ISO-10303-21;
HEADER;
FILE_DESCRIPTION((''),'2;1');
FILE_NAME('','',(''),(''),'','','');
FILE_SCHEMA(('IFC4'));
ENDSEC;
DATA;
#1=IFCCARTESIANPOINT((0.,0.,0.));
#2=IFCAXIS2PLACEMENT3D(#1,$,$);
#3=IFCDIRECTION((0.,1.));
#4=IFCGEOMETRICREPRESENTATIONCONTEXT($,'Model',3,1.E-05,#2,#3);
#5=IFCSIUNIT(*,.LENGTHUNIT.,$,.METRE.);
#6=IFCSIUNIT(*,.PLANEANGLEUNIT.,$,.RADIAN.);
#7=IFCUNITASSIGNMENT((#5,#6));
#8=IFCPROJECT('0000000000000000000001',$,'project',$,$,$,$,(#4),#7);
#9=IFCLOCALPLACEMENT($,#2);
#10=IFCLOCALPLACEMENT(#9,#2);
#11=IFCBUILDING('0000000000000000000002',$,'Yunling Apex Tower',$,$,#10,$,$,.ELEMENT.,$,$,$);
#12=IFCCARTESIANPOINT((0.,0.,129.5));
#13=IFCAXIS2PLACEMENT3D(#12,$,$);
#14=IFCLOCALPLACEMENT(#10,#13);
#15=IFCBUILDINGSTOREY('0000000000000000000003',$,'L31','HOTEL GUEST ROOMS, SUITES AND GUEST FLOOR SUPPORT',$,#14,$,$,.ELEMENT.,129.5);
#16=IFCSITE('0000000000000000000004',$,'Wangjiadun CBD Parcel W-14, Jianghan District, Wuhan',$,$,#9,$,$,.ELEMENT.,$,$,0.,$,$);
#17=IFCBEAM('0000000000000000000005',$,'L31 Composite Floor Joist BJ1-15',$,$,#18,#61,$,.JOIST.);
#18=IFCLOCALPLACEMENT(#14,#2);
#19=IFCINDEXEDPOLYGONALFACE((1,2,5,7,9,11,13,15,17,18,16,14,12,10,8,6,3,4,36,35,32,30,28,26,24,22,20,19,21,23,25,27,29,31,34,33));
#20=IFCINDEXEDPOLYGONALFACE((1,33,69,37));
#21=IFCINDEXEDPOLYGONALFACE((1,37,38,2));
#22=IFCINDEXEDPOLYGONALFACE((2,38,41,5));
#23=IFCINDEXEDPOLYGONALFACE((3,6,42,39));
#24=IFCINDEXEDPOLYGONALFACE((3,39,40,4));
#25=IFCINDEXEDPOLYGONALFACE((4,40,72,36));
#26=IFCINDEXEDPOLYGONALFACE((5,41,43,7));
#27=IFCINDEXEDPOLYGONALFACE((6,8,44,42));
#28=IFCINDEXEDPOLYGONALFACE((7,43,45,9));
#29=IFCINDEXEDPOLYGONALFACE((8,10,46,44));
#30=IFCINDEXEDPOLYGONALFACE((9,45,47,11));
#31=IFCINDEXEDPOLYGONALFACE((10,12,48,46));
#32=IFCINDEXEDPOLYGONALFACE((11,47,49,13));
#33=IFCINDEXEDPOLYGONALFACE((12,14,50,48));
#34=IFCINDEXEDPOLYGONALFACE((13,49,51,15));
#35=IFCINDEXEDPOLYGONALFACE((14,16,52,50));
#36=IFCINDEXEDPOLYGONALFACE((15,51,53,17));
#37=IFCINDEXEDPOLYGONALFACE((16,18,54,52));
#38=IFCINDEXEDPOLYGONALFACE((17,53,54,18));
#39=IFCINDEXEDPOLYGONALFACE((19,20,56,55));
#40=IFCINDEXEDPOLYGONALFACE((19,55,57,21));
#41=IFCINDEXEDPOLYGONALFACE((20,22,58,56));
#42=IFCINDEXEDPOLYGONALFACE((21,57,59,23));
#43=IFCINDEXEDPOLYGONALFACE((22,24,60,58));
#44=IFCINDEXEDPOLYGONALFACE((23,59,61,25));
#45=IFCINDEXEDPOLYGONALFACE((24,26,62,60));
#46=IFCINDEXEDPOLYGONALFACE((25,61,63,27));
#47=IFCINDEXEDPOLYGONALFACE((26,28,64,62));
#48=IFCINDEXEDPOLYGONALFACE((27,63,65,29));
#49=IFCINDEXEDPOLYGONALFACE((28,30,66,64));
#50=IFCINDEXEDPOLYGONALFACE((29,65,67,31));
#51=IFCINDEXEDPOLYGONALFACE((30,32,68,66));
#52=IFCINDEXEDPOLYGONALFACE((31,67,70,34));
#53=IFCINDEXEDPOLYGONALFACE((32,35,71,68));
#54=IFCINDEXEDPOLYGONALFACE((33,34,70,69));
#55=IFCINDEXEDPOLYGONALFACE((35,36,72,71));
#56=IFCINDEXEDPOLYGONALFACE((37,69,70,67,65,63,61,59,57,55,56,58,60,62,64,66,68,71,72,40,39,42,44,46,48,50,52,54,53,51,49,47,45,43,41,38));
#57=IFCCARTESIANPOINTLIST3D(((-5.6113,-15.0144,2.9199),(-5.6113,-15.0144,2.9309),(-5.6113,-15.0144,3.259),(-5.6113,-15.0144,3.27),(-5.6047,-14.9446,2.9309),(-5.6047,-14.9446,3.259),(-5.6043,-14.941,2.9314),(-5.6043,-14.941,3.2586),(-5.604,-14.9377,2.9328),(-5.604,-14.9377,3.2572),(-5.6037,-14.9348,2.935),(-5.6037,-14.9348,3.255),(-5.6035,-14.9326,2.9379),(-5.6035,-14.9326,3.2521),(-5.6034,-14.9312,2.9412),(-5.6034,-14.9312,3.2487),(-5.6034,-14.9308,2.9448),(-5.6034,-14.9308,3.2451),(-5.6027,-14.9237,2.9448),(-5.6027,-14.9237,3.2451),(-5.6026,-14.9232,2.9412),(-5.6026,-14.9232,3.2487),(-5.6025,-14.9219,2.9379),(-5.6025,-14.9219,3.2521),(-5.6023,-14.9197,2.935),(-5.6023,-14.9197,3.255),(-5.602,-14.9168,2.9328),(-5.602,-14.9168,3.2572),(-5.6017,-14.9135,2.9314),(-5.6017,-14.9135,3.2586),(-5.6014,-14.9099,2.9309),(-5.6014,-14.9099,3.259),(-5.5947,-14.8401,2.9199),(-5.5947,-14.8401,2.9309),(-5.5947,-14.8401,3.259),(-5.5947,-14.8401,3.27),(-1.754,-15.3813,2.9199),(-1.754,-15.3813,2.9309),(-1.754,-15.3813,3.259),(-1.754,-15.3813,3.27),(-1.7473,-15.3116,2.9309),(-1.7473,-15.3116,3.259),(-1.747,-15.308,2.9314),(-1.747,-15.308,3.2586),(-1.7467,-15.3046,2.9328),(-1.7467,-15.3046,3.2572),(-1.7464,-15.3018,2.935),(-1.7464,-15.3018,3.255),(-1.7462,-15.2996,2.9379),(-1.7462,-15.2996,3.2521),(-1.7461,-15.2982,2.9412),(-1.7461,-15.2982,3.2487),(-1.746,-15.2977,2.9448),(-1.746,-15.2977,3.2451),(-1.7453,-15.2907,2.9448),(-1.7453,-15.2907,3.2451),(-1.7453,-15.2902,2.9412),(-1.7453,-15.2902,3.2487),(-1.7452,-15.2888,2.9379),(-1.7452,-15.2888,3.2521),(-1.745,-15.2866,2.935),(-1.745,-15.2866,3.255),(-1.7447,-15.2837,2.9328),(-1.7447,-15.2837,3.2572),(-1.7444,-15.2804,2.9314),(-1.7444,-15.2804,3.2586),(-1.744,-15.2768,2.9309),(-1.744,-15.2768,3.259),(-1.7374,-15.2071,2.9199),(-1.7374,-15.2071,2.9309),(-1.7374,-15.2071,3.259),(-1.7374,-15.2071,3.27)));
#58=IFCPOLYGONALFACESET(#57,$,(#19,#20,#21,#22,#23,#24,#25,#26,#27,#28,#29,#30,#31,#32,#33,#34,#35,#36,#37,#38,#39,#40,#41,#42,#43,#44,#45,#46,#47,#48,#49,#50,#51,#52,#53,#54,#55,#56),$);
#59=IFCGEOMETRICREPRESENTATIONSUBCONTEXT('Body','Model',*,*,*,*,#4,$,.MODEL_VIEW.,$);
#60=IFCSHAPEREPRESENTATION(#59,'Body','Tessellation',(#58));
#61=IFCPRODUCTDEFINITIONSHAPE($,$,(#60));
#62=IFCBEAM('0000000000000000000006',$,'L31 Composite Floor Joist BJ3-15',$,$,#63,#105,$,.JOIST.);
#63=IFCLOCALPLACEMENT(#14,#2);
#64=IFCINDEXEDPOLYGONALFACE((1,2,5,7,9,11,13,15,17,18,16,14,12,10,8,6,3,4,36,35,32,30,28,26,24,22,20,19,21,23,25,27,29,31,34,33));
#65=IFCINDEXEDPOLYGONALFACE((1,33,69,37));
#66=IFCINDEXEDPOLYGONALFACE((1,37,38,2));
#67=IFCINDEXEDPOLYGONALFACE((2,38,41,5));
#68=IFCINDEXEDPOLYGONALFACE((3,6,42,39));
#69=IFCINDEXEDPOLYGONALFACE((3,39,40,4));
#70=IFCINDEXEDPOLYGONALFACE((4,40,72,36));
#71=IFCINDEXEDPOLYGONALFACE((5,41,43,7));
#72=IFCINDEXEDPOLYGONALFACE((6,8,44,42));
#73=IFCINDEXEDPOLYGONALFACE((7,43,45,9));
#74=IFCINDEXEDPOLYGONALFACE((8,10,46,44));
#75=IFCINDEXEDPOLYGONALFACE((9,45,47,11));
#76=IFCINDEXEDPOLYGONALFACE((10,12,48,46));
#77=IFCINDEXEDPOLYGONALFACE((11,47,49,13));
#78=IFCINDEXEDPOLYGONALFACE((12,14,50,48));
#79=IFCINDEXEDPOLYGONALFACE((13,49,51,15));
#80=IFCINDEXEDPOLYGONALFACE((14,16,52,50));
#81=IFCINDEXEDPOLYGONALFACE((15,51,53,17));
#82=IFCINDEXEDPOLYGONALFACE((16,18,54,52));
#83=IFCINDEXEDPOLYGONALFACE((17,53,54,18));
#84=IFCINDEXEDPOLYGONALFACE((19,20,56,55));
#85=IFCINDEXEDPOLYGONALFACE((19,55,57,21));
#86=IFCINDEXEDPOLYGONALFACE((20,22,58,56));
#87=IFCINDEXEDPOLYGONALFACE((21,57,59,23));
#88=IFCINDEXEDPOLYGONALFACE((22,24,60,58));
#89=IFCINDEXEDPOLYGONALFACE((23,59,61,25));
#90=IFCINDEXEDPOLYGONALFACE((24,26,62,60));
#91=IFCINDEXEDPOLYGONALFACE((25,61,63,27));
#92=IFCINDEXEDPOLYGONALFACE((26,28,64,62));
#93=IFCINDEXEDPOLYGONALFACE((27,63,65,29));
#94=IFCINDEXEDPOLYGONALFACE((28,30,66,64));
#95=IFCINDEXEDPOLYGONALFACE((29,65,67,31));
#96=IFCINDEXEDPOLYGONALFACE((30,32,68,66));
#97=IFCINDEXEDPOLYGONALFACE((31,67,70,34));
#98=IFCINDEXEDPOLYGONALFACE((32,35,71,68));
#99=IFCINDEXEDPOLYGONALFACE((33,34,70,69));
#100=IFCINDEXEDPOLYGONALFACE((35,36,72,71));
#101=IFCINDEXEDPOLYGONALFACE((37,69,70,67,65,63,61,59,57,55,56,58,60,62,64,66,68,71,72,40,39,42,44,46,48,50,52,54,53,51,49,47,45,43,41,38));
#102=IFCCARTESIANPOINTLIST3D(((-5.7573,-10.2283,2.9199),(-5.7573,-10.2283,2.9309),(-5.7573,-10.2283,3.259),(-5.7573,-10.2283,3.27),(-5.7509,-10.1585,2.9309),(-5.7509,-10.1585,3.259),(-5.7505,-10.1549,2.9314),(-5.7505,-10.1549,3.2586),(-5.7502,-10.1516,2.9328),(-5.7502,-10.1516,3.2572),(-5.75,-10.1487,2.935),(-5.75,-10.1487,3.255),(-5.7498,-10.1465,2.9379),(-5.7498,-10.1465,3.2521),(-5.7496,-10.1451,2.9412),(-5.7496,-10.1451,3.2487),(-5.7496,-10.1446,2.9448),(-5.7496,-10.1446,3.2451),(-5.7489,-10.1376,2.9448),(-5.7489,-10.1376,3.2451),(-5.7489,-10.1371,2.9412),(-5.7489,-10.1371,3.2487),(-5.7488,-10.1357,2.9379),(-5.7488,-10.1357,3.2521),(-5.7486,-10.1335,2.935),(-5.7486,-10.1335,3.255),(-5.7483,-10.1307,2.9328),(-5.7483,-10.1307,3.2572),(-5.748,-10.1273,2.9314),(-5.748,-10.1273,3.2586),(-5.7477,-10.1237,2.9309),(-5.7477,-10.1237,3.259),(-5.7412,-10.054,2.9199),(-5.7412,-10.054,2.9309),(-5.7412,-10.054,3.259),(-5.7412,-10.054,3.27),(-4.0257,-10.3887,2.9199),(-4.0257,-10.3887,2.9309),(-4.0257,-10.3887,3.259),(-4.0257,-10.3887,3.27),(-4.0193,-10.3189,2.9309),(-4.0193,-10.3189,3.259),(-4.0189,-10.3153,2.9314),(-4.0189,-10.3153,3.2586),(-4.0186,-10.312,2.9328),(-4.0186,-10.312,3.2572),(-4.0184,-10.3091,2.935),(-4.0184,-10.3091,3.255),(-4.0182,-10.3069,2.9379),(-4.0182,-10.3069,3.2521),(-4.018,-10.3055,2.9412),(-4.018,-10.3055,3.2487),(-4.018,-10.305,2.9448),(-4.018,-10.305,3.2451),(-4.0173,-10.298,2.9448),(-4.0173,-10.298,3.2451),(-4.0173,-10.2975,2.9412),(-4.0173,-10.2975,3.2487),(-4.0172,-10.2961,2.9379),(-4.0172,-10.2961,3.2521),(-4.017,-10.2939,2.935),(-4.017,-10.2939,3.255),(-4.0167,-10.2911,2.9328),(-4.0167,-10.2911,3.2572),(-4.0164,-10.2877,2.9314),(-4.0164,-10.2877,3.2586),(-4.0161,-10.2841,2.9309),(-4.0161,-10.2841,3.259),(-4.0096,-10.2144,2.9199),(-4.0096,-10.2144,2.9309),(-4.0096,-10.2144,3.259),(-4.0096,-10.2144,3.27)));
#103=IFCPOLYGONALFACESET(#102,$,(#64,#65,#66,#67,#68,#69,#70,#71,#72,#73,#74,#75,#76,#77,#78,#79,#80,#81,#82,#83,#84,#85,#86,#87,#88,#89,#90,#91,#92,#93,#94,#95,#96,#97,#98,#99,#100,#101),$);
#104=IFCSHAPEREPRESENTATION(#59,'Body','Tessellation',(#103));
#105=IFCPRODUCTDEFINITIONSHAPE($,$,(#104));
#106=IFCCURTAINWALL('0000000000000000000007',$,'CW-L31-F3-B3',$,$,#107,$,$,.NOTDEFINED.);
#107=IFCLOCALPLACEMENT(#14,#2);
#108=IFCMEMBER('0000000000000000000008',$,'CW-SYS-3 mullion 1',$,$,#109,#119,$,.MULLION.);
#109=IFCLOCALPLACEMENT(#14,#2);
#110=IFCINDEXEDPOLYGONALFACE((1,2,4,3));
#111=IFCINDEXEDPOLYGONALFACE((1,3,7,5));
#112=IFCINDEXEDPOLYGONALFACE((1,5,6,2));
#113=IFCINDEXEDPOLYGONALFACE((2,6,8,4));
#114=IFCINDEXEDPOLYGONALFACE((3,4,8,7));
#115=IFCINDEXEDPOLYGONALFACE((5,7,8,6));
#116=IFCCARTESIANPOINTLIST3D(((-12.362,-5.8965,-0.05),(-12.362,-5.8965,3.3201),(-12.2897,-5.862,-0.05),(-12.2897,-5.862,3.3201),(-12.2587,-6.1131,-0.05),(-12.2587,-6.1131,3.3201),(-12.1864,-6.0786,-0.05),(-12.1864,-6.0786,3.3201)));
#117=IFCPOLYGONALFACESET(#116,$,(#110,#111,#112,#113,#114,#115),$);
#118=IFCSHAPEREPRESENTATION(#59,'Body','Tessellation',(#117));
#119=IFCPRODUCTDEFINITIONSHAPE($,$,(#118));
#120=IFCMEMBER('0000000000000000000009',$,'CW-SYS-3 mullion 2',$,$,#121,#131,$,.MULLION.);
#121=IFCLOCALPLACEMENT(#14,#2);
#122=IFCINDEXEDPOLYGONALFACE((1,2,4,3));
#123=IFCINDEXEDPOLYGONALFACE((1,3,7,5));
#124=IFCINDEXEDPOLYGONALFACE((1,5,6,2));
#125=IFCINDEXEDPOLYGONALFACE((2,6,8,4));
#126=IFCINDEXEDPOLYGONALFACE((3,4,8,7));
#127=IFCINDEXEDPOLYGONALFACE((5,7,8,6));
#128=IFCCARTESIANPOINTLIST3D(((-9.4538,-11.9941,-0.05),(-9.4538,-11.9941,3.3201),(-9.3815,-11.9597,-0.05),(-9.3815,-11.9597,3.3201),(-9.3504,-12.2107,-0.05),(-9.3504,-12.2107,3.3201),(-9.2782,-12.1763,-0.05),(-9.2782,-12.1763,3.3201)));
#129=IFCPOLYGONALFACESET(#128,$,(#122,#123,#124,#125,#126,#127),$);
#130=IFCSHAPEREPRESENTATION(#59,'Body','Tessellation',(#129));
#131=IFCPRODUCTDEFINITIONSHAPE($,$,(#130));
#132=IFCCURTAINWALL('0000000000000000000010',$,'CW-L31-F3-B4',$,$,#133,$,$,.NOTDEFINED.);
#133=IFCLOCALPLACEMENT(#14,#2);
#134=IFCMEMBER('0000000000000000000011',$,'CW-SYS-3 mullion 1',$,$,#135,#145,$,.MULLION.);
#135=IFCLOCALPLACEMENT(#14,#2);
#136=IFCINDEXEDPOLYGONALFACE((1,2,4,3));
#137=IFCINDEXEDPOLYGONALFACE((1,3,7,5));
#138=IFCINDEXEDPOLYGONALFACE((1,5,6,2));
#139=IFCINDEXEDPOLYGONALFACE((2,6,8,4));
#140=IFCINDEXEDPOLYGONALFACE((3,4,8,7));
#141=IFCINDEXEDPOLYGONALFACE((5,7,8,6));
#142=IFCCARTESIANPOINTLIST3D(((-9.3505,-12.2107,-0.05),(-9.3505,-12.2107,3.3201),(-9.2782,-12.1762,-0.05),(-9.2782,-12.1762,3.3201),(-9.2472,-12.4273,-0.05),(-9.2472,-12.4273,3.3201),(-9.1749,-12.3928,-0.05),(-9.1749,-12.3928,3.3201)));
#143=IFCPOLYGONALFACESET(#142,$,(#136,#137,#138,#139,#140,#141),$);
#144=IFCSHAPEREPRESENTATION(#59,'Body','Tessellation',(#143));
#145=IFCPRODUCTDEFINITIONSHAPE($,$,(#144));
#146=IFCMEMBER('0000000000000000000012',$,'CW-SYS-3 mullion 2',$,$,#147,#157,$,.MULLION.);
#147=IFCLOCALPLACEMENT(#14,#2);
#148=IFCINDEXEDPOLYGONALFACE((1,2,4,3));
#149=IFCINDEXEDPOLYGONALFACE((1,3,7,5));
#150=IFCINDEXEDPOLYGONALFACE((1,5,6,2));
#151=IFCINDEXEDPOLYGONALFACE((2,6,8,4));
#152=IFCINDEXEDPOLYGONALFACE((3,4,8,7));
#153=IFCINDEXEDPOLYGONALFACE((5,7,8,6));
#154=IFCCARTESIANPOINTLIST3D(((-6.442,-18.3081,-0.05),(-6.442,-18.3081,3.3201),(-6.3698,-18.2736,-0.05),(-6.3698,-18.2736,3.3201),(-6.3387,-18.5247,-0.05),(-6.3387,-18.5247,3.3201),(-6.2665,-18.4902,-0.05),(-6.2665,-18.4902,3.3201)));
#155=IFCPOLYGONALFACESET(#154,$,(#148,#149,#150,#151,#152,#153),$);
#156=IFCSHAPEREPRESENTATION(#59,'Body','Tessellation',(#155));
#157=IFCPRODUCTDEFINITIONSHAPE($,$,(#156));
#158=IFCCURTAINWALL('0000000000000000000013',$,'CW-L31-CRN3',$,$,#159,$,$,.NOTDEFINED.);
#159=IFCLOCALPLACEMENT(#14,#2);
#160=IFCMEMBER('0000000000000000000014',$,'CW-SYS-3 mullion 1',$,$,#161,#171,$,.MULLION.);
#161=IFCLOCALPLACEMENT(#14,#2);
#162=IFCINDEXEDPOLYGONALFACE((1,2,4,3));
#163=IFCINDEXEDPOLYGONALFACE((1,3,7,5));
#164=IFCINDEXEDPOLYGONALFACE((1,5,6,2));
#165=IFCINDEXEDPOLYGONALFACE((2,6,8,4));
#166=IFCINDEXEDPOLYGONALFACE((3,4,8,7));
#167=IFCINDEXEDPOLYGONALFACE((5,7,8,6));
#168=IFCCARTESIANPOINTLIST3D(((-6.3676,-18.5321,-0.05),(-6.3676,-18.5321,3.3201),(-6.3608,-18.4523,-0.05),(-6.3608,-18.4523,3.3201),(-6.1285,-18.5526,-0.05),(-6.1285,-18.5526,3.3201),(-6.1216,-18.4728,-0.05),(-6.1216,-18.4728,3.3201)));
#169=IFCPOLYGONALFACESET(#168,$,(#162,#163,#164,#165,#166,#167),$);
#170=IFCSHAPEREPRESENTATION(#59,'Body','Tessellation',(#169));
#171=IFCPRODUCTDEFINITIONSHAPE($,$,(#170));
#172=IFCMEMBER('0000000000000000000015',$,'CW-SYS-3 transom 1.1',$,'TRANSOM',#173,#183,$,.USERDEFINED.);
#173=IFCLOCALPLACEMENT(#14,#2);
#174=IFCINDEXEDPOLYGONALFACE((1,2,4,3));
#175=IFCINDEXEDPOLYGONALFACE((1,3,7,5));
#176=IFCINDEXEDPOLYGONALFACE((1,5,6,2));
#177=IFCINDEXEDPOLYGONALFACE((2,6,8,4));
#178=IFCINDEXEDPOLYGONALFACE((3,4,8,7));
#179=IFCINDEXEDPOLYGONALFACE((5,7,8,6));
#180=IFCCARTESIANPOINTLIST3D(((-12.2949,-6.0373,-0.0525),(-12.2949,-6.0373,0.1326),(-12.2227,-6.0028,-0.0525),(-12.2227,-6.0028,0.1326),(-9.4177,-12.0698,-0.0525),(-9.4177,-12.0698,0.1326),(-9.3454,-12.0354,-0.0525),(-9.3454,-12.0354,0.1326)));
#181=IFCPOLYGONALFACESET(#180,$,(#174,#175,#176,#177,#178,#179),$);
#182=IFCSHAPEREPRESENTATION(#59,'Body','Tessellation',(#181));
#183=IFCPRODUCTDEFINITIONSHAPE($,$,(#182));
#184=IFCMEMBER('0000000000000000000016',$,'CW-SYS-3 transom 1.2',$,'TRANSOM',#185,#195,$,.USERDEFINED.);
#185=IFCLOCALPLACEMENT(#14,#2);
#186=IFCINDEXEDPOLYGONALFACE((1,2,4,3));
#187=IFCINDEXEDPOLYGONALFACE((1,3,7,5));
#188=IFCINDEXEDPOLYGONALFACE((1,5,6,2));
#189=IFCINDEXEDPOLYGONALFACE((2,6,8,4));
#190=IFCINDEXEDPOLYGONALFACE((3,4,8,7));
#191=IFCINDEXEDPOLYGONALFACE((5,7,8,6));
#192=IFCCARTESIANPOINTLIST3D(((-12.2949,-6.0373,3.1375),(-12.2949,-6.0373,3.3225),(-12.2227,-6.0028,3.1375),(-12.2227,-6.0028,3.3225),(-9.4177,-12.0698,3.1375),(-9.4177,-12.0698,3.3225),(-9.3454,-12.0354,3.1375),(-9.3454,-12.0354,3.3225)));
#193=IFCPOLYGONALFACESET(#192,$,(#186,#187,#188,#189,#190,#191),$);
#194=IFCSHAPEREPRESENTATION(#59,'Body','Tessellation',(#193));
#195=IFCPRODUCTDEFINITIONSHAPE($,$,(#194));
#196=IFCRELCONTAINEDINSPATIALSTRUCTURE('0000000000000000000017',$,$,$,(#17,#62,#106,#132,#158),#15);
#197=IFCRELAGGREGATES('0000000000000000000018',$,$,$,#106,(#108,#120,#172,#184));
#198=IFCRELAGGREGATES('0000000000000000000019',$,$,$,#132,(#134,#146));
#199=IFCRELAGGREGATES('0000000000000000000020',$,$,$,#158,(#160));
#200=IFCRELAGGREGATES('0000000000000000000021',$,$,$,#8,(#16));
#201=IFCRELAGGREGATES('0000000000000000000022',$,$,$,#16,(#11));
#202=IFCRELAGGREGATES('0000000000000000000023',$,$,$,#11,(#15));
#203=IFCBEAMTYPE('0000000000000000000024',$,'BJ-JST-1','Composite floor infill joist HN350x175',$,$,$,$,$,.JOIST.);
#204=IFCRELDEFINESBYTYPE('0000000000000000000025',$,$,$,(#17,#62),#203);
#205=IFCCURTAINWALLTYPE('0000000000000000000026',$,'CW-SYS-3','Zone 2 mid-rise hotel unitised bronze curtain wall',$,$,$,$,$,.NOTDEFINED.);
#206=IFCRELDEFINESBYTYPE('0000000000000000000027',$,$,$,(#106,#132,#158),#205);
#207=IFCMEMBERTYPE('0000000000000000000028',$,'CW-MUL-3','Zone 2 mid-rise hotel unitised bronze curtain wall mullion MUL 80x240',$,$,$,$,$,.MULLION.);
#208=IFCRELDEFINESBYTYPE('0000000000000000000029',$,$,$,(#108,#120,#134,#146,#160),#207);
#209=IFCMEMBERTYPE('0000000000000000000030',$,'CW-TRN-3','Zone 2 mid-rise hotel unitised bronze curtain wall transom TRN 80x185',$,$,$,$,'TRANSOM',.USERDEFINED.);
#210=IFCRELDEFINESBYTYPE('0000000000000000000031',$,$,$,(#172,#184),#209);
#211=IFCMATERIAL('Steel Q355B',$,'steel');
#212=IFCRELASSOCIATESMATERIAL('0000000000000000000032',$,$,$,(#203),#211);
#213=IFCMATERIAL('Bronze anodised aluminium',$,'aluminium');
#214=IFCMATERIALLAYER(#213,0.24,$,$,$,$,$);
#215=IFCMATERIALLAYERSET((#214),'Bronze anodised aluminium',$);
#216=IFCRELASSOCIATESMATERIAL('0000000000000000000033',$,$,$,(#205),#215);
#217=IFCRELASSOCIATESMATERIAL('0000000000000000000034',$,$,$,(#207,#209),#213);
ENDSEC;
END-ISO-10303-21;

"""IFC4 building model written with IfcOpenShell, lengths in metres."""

from ifc_helpers import new_model, si_unit, direction, frame, origin, origin_2d, place, context, subcontext, project, spatial, rectangle, i_section, extrude, source, transform, mapped, material, layer, layer_set, material_profile, profile_set, type_object, element, aggregate, save


model = new_model("IFC4")

# Units and contexts
model_context = context("Model", 3, precision=1e-05, world=origin(), true_north=direction((0.0, 1.0)))
body_context = subcontext(model_context, "Body", "Model", "MODEL_VIEW")
ifc_project = project(units=[si_unit("LENGTHUNIT", "METRE"), si_unit("PLANEANGLEUNIT", "RADIAN")], contexts=[model_context])

# Site, building, storey
site_placement = place(None, origin())
site = spatial("IfcSite", under=ifc_project, at=site_placement, Name="Wangjiadun CBD Parcel W-14, Jianghan District, Wuhan", CompositionType="ELEMENT", RefElevation=0.0)
building_placement = place(site_placement, origin())
building = spatial("IfcBuilding", under=site, at=building_placement, Name="Yunling Apex Tower", CompositionType="ELEMENT")
storey_placement = place(building_placement, frame((0.0, 0.0, 129.5)))
storey = spatial("IfcBuildingStorey", under=building, at=storey_placement, Name="L31", Description="HOTEL GUEST ROOMS, SUITES AND GUEST FLOOR SUPPORT", CompositionType="ELEMENT", Elevation=129.5)

# Beams
ifc_material_1 = material(Name="Steel Q355B", Category="steel")
ifc_material_profile_1 = material_profile(ifc_material_1, i_section(OverallWidth=0.175, OverallDepth=0.3501, WebThickness=0.0071, FlangeThickness=0.011, FilletRadius=0.0139, at=origin_2d()))
ifc_profile_set_1 = profile_set([ifc_material_profile_1], Name="Steel Q355B")
beam_type_1 = type_object("IfcBeamType", Name="BJ-JST-1", Description="Composite floor infill joist HN350x175", PredefinedType="JOIST", material=ifc_profile_set_1)
shared_shape_1 = source(origin(), body_context, "Body", "SweptSolid", [
    extrude(i_section(OverallWidth=0.175, OverallDepth=0.3501, WebThickness=0.0071, FlangeThickness=0.011, FilletRadius=0.0139, at=origin_2d()), origin(), (0.0, 0.0, 1.0), 3.8748),
])
beam_1_placement = place(storey_placement, frame((-5.603, -14.9272, 3.095), z_axis=(0.995506, -0.094699, 0.0), x_axis=(0.094699, 0.995506, 0.0)))
element("IfcBeam", 1, at=beam_1_placement, inside=storey, type_object=beam_type_1, Name="L31 Composite Floor Joist BJ1-15", PredefinedType="JOIST", context=body_context, shape_type="MappedRepresentation", body=[
    mapped(shared_shape_1, transform((0.0, 0.0, 0.0), scale=1.0)),
])
shared_shape_2 = source(origin(), body_context, "Body", "SweptSolid", [
    extrude(i_section(OverallWidth=0.175, OverallDepth=0.3501, WebThickness=0.0071, FlangeThickness=0.011, FilletRadius=0.0139, at=origin_2d()), origin(), (0.0, 0.0, 1.0), 1.739),
])
beam_2_placement = place(storey_placement, frame((-5.7493, -10.1411, 3.095), z_axis=(0.995738, -0.092232, 0.0), x_axis=(0.092232, 0.995738, 0.0)))
element("IfcBeam", 2, at=beam_2_placement, inside=storey, type_object=beam_type_1, Name="L31 Composite Floor Joist BJ3-15", PredefinedType="JOIST", context=body_context, shape_type="MappedRepresentation", body=[
    mapped(shared_shape_2, transform((0.0, 0.0, 0.0), scale=1.0)),
])

# Curtain walls, members
ifc_material_2 = material(Name="Bronze anodised aluminium", Category="aluminium")
ifc_layer_1 = layer(ifc_material_2, 0.24)
ifc_layer_set_1 = layer_set([ifc_layer_1], Name="Bronze anodised aluminium")
curtain_wall_type = type_object("IfcCurtainWallType", Name="CW-SYS-3", Description="Zone 2 mid-rise hotel unitised bronze curtain wall", PredefinedType="NOTDEFINED", material=ifc_layer_set_1)
curtain_wall_1_placement = place(storey_placement, origin())
curtain_wall_1 = element("IfcCurtainWall", 3, at=curtain_wall_1_placement, inside=storey, type_object=curtain_wall_type, Name="CW-L31-F3-B3", PredefinedType="NOTDEFINED")
ifc_material_profile_2 = material_profile(ifc_material_2, rectangle(XDim=0.0801, YDim=0.24, at=origin_2d()))
ifc_profile_set_2 = profile_set([ifc_material_profile_2], Name="Bronze anodised aluminium")
member_type_1 = type_object("IfcMemberType", Name="CW-MUL-3", Description="Zone 2 mid-rise hotel unitised bronze curtain wall mullion MUL 80x240", PredefinedType="MULLION", material=ifc_profile_set_2)
shared_shape_3 = source(origin(), body_context, "Body", "SweptSolid", [
    extrude(rectangle(XDim=0.0801, YDim=0.24, at=origin_2d()), origin(), (0.0, 0.0, 1.0), 3.3701),
])
member_1_placement = place(storey_placement, frame((-12.2742, -5.9875, -0.05), z_axis=(0.0, 0.0, 1.0), x_axis=(0.902593, 0.430494, 0.0)))
member_1 = element("IfcMember", 4, at=member_1_placement, type_object=member_type_1, Name="CW-SYS-3 mullion 1", PredefinedType="MULLION", context=body_context, shape_type="MappedRepresentation", body=[
    mapped(shared_shape_3, transform((0.0, 0.0, 0.0), scale=1.0)),
])
member_2_placement = place(storey_placement, frame((-9.366, -12.0852, -0.05), z_axis=(0.0, 0.0, 1.0), x_axis=(0.902593, 0.430494, 0.0)))
member_2 = element("IfcMember", 5, at=member_2_placement, type_object=member_type_1, Name="CW-SYS-3 mullion 2", PredefinedType="MULLION", context=body_context, shape_type="MappedRepresentation", body=[
    mapped(shared_shape_3, transform((0.0, 0.0, 0.0), scale=1.0)),
])
curtain_wall_2_placement = place(storey_placement, origin())
curtain_wall_2 = element("IfcCurtainWall", 6, at=curtain_wall_2_placement, inside=storey, type_object=curtain_wall_type, Name="CW-L31-F3-B4", PredefinedType="NOTDEFINED")
member_3_placement = place(storey_placement, frame((-9.2627, -12.3018, -0.05), z_axis=(0.0, 0.0, 1.0), x_axis=(0.902585, 0.430512, 0.0)))
member_3 = element("IfcMember", 7, at=member_3_placement, type_object=member_type_1, Name="CW-SYS-3 mullion 1", PredefinedType="MULLION", context=body_context, shape_type="MappedRepresentation", body=[
    mapped(shared_shape_3, transform((0.0, 0.0, 0.0), scale=1.0)),
])
member_4_placement = place(storey_placement, frame((-6.3542, -18.3992, -0.05), z_axis=(0.0, 0.0, 1.0), x_axis=(0.902585, 0.430512, 0.0)))
member_4 = element("IfcMember", 8, at=member_4_placement, type_object=member_type_1, Name="CW-SYS-3 mullion 2", PredefinedType="MULLION", context=body_context, shape_type="MappedRepresentation", body=[
    mapped(shared_shape_3, transform((0.0, 0.0, 0.0), scale=1.0)),
])

# Curtain wall, member
curtain_wall_3_placement = place(storey_placement, origin())
curtain_wall_3 = element("IfcCurtainWall", 9, at=curtain_wall_3_placement, inside=storey, type_object=curtain_wall_type, Name="CW-L31-CRN3", PredefinedType="NOTDEFINED")
member_5_placement = place(storey_placement, frame((-6.2446, -18.5024, -0.05), z_axis=(0.0, 0.0, 1.0), x_axis=(0.08555, 0.996334, 0.0)))
member_5 = element("IfcMember", 10, at=member_5_placement, type_object=member_type_1, Name="CW-SYS-3 mullion 1", PredefinedType="MULLION", context=body_context, shape_type="MappedRepresentation", body=[
    mapped(shared_shape_3, transform((0.0, 0.0, 0.0), scale=1.0)),
])

# Members
ifc_material_profile_3 = material_profile(ifc_material_2, rectangle(XDim=0.0801, YDim=0.1851, at=origin_2d()))
ifc_profile_set_3 = profile_set([ifc_material_profile_3], Name="Bronze anodised aluminium")
member_type_2 = type_object("IfcMemberType", Name="CW-TRN-3", Description="Zone 2 mid-rise hotel unitised bronze curtain wall transom TRN 80x185", ElementType="TRANSOM", PredefinedType="USERDEFINED", material=ifc_profile_set_3)
shared_shape_4 = source(origin(), body_context, "Body", "SweptSolid", [
    extrude(rectangle(XDim=0.0801, YDim=0.1851, at=origin_2d()), origin(), (0.0, 0.0, 1.0), 6.6836),
])
member_6_placement = place(storey_placement, frame((-12.2588, -6.02, 0.04), z_axis=(0.430494, -0.902594, 0.0), x_axis=(0.902594, 0.430494, 0.0)))
member_6 = element("IfcMember", 11, at=member_6_placement, type_object=member_type_2, Name="CW-SYS-3 transom 1.1", ObjectType="TRANSOM", PredefinedType="USERDEFINED", context=body_context, shape_type="MappedRepresentation", body=[
    mapped(shared_shape_4, transform((0.0, 0.0, 0.0), scale=1.0)),
])
member_7_placement = place(storey_placement, frame((-12.2588, -6.02, 3.23), z_axis=(0.430494, -0.902594, 0.0), x_axis=(0.902594, 0.430494, 0.0)))
member_7 = element("IfcMember", 12, at=member_7_placement, type_object=member_type_2, Name="CW-SYS-3 transom 1.2", ObjectType="TRANSOM", PredefinedType="USERDEFINED", context=body_context, shape_type="MappedRepresentation", body=[
    mapped(shared_shape_4, transform((0.0, 0.0, 0.0), scale=1.0)),
])

aggregate(curtain_wall_1, [member_1, member_2, member_6, member_7])
aggregate(curtain_wall_2, [member_3, member_4])
aggregate(curtain_wall_3, [member_5])

save(model, "model.ifc")
